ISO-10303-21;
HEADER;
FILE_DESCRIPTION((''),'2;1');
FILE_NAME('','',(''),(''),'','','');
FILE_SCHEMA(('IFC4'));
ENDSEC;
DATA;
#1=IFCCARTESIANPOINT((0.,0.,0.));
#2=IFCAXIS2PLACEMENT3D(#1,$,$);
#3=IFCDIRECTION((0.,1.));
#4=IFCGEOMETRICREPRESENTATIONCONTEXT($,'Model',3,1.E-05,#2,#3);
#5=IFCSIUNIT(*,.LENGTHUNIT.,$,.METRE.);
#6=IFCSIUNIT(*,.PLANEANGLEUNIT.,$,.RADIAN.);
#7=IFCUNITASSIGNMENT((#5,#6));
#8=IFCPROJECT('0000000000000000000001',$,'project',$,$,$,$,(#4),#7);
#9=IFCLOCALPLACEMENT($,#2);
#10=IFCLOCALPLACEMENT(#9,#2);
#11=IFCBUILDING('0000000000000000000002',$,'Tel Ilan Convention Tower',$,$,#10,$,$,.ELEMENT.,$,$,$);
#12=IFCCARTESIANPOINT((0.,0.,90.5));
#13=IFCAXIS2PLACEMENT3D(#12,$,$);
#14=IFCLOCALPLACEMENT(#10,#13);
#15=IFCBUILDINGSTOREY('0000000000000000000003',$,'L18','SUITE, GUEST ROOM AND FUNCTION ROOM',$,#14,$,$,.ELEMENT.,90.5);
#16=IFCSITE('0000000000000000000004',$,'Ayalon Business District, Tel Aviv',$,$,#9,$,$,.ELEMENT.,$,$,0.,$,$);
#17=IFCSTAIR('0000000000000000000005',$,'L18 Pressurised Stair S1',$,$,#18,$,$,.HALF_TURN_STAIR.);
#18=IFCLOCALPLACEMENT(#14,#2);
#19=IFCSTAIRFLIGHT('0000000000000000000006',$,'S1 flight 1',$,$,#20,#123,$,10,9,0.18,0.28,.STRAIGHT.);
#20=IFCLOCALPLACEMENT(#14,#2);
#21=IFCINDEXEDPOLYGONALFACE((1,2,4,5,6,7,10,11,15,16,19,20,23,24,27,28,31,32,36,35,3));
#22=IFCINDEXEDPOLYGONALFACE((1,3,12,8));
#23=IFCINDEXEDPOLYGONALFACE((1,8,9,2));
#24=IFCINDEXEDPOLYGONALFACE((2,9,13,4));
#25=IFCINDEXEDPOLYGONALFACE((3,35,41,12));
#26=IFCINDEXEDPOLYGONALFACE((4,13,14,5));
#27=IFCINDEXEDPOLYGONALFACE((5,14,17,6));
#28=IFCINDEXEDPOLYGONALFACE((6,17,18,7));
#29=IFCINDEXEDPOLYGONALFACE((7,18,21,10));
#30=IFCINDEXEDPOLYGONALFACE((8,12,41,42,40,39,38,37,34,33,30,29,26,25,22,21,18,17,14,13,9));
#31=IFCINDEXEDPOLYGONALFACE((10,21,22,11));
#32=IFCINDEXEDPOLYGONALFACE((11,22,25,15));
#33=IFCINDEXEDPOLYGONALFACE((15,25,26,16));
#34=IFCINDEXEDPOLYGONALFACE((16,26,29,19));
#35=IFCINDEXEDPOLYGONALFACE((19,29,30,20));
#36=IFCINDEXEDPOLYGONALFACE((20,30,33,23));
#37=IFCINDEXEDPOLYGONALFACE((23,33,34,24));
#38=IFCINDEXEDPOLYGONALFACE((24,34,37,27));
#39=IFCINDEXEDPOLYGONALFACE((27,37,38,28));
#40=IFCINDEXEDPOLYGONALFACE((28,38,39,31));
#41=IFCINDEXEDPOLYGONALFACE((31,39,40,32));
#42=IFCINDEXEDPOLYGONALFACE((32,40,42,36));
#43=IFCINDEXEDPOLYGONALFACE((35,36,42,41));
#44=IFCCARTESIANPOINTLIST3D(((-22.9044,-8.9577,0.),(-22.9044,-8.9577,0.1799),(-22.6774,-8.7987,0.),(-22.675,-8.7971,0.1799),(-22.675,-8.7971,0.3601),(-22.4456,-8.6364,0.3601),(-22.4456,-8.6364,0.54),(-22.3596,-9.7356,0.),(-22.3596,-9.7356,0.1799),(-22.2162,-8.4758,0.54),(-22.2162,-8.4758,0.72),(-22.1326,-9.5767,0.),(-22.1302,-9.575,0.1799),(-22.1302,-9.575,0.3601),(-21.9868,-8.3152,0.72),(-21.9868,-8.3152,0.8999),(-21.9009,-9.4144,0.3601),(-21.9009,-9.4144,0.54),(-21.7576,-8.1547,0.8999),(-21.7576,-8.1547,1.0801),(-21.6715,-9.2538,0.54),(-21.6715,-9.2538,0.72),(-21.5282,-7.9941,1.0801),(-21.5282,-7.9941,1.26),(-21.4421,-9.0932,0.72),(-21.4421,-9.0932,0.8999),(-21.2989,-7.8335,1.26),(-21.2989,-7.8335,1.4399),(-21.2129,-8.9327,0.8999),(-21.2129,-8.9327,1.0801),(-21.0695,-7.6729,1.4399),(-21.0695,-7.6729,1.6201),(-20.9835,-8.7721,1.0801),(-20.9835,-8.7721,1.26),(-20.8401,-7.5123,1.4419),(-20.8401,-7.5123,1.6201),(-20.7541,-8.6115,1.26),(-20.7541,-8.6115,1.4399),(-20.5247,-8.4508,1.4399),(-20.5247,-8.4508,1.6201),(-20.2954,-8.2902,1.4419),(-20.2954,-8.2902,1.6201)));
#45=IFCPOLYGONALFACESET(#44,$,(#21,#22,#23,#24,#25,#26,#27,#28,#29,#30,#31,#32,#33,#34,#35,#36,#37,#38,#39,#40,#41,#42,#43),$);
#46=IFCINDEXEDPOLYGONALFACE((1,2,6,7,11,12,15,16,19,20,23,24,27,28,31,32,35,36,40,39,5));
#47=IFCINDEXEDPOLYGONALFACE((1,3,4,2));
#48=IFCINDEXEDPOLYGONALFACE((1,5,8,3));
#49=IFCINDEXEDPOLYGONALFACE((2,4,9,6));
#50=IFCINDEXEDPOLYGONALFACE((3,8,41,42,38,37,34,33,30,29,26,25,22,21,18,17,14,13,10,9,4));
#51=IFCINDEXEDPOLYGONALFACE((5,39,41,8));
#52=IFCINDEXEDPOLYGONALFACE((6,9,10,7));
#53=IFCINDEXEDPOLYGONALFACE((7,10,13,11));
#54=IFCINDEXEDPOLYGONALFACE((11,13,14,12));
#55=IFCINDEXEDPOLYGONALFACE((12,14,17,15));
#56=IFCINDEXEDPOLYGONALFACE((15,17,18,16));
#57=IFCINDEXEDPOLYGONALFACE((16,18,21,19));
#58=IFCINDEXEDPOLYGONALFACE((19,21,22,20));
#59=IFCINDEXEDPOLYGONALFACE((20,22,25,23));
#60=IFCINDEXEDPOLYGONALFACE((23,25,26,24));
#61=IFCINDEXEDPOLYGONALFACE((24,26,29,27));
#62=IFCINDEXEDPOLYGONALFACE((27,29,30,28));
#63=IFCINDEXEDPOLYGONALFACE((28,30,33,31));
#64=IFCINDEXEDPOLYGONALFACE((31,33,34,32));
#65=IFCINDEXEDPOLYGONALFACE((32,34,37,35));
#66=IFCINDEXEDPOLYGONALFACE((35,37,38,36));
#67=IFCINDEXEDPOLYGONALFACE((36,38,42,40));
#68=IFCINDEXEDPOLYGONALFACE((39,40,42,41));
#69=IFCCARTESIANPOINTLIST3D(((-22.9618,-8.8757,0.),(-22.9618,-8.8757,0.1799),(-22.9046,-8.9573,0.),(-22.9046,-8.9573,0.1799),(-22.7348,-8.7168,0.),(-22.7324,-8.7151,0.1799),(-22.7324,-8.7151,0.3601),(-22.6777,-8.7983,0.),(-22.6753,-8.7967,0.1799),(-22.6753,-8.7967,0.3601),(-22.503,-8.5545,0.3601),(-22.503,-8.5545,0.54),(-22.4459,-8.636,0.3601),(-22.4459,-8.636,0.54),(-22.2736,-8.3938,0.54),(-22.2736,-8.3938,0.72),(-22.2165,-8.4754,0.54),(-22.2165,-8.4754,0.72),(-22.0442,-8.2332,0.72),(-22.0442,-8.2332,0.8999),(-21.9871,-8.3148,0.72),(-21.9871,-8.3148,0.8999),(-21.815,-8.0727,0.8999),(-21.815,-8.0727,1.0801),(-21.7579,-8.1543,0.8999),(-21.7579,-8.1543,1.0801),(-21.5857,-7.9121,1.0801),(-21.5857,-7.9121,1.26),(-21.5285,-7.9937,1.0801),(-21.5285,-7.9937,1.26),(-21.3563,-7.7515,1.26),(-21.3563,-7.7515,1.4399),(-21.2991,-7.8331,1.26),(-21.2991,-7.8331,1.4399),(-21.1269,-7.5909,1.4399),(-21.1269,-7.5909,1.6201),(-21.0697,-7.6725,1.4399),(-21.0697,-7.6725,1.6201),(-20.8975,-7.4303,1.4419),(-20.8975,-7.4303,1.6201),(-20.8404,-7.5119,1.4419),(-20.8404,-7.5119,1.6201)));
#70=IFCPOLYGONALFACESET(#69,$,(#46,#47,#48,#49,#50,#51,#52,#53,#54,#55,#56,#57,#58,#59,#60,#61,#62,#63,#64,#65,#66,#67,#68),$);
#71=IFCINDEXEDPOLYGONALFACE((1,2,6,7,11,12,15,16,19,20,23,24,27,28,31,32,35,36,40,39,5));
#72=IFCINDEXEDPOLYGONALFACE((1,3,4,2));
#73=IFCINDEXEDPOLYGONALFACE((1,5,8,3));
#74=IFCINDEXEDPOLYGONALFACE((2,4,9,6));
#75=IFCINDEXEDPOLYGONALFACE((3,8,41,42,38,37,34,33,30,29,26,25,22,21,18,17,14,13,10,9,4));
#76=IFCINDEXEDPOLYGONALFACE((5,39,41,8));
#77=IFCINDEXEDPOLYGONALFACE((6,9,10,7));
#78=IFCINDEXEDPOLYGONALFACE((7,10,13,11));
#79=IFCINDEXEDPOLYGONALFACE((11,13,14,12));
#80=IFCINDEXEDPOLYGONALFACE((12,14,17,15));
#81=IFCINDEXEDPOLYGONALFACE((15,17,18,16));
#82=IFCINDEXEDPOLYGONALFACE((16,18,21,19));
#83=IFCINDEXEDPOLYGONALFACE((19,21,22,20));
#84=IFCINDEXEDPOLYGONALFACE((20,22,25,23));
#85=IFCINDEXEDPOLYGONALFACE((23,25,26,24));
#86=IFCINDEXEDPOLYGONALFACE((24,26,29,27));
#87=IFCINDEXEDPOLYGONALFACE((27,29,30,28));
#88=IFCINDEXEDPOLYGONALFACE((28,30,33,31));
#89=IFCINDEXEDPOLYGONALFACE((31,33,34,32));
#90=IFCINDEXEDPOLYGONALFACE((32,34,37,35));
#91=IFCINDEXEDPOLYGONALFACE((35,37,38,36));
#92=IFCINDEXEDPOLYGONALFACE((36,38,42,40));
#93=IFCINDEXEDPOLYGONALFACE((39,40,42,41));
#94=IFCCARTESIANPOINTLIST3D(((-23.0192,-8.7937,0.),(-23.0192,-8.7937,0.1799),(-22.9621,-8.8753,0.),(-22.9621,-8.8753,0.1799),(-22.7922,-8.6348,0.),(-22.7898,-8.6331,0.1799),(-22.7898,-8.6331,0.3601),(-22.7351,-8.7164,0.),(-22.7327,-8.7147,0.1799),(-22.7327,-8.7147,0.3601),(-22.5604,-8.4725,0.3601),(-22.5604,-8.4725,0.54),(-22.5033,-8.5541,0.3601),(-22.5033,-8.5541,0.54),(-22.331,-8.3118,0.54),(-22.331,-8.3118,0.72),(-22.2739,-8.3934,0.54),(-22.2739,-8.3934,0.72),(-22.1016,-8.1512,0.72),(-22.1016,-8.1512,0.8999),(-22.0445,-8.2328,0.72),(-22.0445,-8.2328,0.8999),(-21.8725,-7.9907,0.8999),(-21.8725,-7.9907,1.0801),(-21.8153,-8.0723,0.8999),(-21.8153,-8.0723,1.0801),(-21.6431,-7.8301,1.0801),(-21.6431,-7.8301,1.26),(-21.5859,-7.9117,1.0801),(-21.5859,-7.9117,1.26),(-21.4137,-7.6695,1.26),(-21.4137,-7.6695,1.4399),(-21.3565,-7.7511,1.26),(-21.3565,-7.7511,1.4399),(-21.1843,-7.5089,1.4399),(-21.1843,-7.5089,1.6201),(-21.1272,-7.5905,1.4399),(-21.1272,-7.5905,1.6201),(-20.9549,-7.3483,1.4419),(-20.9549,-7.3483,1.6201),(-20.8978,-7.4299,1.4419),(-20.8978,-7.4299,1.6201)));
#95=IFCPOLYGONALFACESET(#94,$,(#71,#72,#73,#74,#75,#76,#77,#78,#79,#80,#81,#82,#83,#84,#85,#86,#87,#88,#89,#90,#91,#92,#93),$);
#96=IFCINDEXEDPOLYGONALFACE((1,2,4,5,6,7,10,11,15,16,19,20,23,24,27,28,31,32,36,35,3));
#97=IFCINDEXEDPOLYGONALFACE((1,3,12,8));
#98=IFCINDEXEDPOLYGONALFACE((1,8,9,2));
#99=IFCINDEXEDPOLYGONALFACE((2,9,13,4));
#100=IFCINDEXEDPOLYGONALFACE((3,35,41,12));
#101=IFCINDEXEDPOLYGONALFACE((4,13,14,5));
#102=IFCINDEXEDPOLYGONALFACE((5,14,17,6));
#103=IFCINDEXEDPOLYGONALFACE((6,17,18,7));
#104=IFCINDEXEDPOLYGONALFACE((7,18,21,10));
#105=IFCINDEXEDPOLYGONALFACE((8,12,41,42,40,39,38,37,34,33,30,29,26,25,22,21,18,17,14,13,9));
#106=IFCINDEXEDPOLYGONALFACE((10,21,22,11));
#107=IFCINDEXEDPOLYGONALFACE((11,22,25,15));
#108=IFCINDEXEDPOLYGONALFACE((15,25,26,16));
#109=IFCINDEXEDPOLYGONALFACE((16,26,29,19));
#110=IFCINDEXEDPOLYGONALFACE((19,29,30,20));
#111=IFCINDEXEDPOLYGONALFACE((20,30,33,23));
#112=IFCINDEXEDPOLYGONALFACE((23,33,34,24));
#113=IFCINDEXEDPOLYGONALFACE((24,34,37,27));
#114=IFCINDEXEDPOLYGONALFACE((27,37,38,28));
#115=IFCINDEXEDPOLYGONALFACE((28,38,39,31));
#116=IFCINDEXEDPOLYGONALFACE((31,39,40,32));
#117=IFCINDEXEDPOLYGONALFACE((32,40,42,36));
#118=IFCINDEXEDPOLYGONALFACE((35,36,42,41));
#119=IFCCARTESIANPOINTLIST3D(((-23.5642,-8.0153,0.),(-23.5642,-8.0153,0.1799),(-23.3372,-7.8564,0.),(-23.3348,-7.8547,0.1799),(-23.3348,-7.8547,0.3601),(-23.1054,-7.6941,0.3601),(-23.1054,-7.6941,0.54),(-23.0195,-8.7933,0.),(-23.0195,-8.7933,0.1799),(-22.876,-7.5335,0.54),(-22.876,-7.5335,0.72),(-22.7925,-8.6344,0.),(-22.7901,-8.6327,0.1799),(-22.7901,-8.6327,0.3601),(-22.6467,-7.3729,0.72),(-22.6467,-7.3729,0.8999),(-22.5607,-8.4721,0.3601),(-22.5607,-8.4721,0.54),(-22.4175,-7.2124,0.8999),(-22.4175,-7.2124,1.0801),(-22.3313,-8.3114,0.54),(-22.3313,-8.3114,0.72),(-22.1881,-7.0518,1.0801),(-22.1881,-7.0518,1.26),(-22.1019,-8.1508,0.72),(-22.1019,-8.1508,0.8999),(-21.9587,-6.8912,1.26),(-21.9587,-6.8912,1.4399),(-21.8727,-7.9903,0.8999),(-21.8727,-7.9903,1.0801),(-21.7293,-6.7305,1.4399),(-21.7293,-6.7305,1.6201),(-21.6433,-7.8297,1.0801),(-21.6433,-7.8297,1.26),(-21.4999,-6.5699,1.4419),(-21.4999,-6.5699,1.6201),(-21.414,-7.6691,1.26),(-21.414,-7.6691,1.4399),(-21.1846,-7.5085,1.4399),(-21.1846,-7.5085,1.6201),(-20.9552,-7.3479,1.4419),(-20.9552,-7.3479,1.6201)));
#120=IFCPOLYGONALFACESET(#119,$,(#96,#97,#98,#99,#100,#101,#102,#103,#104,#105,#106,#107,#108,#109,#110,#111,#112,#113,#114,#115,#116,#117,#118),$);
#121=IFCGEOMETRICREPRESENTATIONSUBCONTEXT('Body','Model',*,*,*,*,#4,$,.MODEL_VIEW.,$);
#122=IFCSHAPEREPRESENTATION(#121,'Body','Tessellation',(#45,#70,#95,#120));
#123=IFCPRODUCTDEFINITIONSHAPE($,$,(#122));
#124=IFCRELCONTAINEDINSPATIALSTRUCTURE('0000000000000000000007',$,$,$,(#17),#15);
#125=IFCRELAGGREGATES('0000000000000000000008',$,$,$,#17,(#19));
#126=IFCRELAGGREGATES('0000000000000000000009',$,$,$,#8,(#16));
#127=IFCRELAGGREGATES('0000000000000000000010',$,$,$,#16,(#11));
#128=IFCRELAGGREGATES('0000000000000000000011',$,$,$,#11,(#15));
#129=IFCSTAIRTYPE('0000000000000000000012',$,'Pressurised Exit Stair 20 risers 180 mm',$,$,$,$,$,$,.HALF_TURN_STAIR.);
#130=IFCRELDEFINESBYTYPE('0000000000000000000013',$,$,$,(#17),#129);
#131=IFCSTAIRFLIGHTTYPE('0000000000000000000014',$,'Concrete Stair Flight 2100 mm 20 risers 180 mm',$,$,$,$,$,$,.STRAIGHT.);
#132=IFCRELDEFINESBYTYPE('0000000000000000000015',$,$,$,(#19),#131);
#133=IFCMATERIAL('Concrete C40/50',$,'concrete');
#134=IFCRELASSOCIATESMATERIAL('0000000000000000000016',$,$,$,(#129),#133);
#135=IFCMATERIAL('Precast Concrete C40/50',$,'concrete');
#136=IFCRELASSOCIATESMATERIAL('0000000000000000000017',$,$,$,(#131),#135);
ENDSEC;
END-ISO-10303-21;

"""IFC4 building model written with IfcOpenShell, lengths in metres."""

from ifc_helpers import new_model, si_unit, direction, frame, origin, place, context, subcontext, project, spatial, polyline, outline, extrude, material, type_object, element, aggregate, save


model = new_model("IFC4")

# Units and contexts
model_context = context("Model", 3, precision=1e-05, world=origin(), true_north=direction((0.0, 1.0)))
body_context = subcontext(model_context, "Body", "Model", "MODEL_VIEW")
ifc_project = project(units=[si_unit("LENGTHUNIT", "METRE"), si_unit("PLANEANGLEUNIT", "RADIAN")], contexts=[model_context])

# Site, building, storey
site_placement = place(None, origin())
site = spatial("IfcSite", under=ifc_project, at=site_placement, Name="Ayalon Business District, Tel Aviv", CompositionType="ELEMENT", RefElevation=0.0)
building_placement = place(site_placement, origin())
building = spatial("IfcBuilding", under=site, at=building_placement, Name="Tel Ilan Convention Tower", CompositionType="ELEMENT")
storey_placement = place(building_placement, frame((0.0, 0.0, 90.5)))
storey = spatial("IfcBuildingStorey", under=building, at=storey_placement, Name="L18", Description="SUITE, GUEST ROOM AND FUNCTION ROOM", CompositionType="ELEMENT", Elevation=90.5)

# Stair, stair flight
ifc_material_1 = material(Name="Concrete C40/50", Category="concrete")
stair_type = type_object("IfcStairType", Name="Pressurised Exit Stair 20 risers 180 mm", PredefinedType="HALF_TURN_STAIR", material=ifc_material_1)
stair_1_placement = place(storey_placement, origin())
stair_1 = element("IfcStair", 1, at=stair_1_placement, inside=storey, type_object=stair_type, Name="L18 Pressurised Stair S1", PredefinedType="HALF_TURN_STAIR")
ifc_material_2 = material(Name="Precast Concrete C40/50", Category="concrete")
stair_flight_type = type_object("IfcStairFlightType", Name="Concrete Stair Flight 2100 mm 20 risers 180 mm", PredefinedType="STRAIGHT", material=ifc_material_2)
stair_flight_1_placement = place(storey_placement, frame((-22.9619, -8.8755, 0.0), z_axis=(0.0, 0.0, 1.0), x_axis=(0.819152, 0.573576, 0.0)))
stair_flight_1 = element("IfcStairFlight", 2, at=stair_flight_1_placement, type_object=stair_flight_type, Name="S1 flight 1", NumberOfRisers=10, NumberOfTreads=9, PredefinedType="STRAIGHT", RiserHeight=0.18, TreadLength=0.28, context=body_context, shape_type="SweptSolid", body=[
    extrude(outline(polyline([(0.0, 0.0), (0.0, 0.1799), (0.28, 0.1799), (0.28, 0.3601), (0.5601, 0.3601), (0.5601, 0.54), (0.8401, 0.54), (0.8401, 0.72), (1.1201, 0.72), (1.1201, 0.8999), (1.3999, 0.8999), (1.3999, 1.0801), (1.6799, 1.0801), (1.6799, 1.26), (1.96, 1.26), (1.96, 1.4399), (2.24, 1.4399), (2.24, 1.6201), (2.52, 1.6201), (2.52, 1.8), (2.52, 1.4419), (0.2771, 0.0), (0.0, 0.0)])), frame((0.0, -0.1003, 0.0), z_axis=(0.0, -1.0, 0.0), x_axis=(1.0, 0.0, 0.0)), (0.0, 0.0, 1.0), 0.9497),
    extrude(outline(polyline([(0.0, 0.0), (0.0, 0.1799), (0.28, 0.1799), (0.28, 0.3601), (0.5601, 0.3601), (0.5601, 0.54), (0.8401, 0.54), (0.8401, 0.72), (1.1201, 0.72), (1.1201, 0.8999), (1.3999, 0.8999), (1.3999, 1.0801), (1.6799, 1.0801), (1.6799, 1.26), (1.96, 1.26), (1.96, 1.4399), (2.24, 1.4399), (2.24, 1.6201), (2.52, 1.6201), (2.52, 1.8), (2.52, 1.4419), (0.2771, 0.0), (0.0, 0.0)])), frame((0.0, -0.0002, 0.0), z_axis=(0.0, -1.0, 0.0), x_axis=(1.0, 0.0, 0.0)), (0.0, 0.0, 1.0), 0.0996),
    extrude(outline(polyline([(0.0, 0.0), (0.0, 0.1799), (0.28, 0.1799), (0.28, 0.3601), (0.5601, 0.3601), (0.5601, 0.54), (0.8401, 0.54), (0.8401, 0.72), (1.1201, 0.72), (1.1201, 0.8999), (1.3999, 0.8999), (1.3999, 1.0801), (1.6799, 1.0801), (1.6799, 1.26), (1.96, 1.26), (1.96, 1.4399), (2.24, 1.4399), (2.24, 1.6201), (2.52, 1.6201), (2.52, 1.8), (2.52, 1.4419), (0.2771, 0.0), (0.0, 0.0)])), frame((0.0, 0.0999, 0.0), z_axis=(0.0, -1.0, 0.0), x_axis=(1.0, 0.0, 0.0)), (0.0, 0.0, 1.0), 0.0996),
    extrude(outline(polyline([(0.0, 0.0), (0.0, 0.1799), (0.28, 0.1799), (0.28, 0.3601), (0.5601, 0.3601), (0.5601, 0.54), (0.8401, 0.54), (0.8401, 0.72), (1.1201, 0.72), (1.1201, 0.8999), (1.3999, 0.8999), (1.3999, 1.0801), (1.6799, 1.0801), (1.6799, 1.26), (1.96, 1.26), (1.96, 1.4399), (2.24, 1.4399), (2.24, 1.6201), (2.52, 1.6201), (2.52, 1.8), (2.52, 1.4419), (0.2771, 0.0), (0.0, 0.0)])), frame((0.0, 1.05, 0.0), z_axis=(0.0, -1.0, 0.0), x_axis=(1.0, 0.0, 0.0)), (0.0, 0.0, 1.0), 0.9497),
])
aggregate(stair_1, [stair_flight_1])

save(model, "model.ifc")
